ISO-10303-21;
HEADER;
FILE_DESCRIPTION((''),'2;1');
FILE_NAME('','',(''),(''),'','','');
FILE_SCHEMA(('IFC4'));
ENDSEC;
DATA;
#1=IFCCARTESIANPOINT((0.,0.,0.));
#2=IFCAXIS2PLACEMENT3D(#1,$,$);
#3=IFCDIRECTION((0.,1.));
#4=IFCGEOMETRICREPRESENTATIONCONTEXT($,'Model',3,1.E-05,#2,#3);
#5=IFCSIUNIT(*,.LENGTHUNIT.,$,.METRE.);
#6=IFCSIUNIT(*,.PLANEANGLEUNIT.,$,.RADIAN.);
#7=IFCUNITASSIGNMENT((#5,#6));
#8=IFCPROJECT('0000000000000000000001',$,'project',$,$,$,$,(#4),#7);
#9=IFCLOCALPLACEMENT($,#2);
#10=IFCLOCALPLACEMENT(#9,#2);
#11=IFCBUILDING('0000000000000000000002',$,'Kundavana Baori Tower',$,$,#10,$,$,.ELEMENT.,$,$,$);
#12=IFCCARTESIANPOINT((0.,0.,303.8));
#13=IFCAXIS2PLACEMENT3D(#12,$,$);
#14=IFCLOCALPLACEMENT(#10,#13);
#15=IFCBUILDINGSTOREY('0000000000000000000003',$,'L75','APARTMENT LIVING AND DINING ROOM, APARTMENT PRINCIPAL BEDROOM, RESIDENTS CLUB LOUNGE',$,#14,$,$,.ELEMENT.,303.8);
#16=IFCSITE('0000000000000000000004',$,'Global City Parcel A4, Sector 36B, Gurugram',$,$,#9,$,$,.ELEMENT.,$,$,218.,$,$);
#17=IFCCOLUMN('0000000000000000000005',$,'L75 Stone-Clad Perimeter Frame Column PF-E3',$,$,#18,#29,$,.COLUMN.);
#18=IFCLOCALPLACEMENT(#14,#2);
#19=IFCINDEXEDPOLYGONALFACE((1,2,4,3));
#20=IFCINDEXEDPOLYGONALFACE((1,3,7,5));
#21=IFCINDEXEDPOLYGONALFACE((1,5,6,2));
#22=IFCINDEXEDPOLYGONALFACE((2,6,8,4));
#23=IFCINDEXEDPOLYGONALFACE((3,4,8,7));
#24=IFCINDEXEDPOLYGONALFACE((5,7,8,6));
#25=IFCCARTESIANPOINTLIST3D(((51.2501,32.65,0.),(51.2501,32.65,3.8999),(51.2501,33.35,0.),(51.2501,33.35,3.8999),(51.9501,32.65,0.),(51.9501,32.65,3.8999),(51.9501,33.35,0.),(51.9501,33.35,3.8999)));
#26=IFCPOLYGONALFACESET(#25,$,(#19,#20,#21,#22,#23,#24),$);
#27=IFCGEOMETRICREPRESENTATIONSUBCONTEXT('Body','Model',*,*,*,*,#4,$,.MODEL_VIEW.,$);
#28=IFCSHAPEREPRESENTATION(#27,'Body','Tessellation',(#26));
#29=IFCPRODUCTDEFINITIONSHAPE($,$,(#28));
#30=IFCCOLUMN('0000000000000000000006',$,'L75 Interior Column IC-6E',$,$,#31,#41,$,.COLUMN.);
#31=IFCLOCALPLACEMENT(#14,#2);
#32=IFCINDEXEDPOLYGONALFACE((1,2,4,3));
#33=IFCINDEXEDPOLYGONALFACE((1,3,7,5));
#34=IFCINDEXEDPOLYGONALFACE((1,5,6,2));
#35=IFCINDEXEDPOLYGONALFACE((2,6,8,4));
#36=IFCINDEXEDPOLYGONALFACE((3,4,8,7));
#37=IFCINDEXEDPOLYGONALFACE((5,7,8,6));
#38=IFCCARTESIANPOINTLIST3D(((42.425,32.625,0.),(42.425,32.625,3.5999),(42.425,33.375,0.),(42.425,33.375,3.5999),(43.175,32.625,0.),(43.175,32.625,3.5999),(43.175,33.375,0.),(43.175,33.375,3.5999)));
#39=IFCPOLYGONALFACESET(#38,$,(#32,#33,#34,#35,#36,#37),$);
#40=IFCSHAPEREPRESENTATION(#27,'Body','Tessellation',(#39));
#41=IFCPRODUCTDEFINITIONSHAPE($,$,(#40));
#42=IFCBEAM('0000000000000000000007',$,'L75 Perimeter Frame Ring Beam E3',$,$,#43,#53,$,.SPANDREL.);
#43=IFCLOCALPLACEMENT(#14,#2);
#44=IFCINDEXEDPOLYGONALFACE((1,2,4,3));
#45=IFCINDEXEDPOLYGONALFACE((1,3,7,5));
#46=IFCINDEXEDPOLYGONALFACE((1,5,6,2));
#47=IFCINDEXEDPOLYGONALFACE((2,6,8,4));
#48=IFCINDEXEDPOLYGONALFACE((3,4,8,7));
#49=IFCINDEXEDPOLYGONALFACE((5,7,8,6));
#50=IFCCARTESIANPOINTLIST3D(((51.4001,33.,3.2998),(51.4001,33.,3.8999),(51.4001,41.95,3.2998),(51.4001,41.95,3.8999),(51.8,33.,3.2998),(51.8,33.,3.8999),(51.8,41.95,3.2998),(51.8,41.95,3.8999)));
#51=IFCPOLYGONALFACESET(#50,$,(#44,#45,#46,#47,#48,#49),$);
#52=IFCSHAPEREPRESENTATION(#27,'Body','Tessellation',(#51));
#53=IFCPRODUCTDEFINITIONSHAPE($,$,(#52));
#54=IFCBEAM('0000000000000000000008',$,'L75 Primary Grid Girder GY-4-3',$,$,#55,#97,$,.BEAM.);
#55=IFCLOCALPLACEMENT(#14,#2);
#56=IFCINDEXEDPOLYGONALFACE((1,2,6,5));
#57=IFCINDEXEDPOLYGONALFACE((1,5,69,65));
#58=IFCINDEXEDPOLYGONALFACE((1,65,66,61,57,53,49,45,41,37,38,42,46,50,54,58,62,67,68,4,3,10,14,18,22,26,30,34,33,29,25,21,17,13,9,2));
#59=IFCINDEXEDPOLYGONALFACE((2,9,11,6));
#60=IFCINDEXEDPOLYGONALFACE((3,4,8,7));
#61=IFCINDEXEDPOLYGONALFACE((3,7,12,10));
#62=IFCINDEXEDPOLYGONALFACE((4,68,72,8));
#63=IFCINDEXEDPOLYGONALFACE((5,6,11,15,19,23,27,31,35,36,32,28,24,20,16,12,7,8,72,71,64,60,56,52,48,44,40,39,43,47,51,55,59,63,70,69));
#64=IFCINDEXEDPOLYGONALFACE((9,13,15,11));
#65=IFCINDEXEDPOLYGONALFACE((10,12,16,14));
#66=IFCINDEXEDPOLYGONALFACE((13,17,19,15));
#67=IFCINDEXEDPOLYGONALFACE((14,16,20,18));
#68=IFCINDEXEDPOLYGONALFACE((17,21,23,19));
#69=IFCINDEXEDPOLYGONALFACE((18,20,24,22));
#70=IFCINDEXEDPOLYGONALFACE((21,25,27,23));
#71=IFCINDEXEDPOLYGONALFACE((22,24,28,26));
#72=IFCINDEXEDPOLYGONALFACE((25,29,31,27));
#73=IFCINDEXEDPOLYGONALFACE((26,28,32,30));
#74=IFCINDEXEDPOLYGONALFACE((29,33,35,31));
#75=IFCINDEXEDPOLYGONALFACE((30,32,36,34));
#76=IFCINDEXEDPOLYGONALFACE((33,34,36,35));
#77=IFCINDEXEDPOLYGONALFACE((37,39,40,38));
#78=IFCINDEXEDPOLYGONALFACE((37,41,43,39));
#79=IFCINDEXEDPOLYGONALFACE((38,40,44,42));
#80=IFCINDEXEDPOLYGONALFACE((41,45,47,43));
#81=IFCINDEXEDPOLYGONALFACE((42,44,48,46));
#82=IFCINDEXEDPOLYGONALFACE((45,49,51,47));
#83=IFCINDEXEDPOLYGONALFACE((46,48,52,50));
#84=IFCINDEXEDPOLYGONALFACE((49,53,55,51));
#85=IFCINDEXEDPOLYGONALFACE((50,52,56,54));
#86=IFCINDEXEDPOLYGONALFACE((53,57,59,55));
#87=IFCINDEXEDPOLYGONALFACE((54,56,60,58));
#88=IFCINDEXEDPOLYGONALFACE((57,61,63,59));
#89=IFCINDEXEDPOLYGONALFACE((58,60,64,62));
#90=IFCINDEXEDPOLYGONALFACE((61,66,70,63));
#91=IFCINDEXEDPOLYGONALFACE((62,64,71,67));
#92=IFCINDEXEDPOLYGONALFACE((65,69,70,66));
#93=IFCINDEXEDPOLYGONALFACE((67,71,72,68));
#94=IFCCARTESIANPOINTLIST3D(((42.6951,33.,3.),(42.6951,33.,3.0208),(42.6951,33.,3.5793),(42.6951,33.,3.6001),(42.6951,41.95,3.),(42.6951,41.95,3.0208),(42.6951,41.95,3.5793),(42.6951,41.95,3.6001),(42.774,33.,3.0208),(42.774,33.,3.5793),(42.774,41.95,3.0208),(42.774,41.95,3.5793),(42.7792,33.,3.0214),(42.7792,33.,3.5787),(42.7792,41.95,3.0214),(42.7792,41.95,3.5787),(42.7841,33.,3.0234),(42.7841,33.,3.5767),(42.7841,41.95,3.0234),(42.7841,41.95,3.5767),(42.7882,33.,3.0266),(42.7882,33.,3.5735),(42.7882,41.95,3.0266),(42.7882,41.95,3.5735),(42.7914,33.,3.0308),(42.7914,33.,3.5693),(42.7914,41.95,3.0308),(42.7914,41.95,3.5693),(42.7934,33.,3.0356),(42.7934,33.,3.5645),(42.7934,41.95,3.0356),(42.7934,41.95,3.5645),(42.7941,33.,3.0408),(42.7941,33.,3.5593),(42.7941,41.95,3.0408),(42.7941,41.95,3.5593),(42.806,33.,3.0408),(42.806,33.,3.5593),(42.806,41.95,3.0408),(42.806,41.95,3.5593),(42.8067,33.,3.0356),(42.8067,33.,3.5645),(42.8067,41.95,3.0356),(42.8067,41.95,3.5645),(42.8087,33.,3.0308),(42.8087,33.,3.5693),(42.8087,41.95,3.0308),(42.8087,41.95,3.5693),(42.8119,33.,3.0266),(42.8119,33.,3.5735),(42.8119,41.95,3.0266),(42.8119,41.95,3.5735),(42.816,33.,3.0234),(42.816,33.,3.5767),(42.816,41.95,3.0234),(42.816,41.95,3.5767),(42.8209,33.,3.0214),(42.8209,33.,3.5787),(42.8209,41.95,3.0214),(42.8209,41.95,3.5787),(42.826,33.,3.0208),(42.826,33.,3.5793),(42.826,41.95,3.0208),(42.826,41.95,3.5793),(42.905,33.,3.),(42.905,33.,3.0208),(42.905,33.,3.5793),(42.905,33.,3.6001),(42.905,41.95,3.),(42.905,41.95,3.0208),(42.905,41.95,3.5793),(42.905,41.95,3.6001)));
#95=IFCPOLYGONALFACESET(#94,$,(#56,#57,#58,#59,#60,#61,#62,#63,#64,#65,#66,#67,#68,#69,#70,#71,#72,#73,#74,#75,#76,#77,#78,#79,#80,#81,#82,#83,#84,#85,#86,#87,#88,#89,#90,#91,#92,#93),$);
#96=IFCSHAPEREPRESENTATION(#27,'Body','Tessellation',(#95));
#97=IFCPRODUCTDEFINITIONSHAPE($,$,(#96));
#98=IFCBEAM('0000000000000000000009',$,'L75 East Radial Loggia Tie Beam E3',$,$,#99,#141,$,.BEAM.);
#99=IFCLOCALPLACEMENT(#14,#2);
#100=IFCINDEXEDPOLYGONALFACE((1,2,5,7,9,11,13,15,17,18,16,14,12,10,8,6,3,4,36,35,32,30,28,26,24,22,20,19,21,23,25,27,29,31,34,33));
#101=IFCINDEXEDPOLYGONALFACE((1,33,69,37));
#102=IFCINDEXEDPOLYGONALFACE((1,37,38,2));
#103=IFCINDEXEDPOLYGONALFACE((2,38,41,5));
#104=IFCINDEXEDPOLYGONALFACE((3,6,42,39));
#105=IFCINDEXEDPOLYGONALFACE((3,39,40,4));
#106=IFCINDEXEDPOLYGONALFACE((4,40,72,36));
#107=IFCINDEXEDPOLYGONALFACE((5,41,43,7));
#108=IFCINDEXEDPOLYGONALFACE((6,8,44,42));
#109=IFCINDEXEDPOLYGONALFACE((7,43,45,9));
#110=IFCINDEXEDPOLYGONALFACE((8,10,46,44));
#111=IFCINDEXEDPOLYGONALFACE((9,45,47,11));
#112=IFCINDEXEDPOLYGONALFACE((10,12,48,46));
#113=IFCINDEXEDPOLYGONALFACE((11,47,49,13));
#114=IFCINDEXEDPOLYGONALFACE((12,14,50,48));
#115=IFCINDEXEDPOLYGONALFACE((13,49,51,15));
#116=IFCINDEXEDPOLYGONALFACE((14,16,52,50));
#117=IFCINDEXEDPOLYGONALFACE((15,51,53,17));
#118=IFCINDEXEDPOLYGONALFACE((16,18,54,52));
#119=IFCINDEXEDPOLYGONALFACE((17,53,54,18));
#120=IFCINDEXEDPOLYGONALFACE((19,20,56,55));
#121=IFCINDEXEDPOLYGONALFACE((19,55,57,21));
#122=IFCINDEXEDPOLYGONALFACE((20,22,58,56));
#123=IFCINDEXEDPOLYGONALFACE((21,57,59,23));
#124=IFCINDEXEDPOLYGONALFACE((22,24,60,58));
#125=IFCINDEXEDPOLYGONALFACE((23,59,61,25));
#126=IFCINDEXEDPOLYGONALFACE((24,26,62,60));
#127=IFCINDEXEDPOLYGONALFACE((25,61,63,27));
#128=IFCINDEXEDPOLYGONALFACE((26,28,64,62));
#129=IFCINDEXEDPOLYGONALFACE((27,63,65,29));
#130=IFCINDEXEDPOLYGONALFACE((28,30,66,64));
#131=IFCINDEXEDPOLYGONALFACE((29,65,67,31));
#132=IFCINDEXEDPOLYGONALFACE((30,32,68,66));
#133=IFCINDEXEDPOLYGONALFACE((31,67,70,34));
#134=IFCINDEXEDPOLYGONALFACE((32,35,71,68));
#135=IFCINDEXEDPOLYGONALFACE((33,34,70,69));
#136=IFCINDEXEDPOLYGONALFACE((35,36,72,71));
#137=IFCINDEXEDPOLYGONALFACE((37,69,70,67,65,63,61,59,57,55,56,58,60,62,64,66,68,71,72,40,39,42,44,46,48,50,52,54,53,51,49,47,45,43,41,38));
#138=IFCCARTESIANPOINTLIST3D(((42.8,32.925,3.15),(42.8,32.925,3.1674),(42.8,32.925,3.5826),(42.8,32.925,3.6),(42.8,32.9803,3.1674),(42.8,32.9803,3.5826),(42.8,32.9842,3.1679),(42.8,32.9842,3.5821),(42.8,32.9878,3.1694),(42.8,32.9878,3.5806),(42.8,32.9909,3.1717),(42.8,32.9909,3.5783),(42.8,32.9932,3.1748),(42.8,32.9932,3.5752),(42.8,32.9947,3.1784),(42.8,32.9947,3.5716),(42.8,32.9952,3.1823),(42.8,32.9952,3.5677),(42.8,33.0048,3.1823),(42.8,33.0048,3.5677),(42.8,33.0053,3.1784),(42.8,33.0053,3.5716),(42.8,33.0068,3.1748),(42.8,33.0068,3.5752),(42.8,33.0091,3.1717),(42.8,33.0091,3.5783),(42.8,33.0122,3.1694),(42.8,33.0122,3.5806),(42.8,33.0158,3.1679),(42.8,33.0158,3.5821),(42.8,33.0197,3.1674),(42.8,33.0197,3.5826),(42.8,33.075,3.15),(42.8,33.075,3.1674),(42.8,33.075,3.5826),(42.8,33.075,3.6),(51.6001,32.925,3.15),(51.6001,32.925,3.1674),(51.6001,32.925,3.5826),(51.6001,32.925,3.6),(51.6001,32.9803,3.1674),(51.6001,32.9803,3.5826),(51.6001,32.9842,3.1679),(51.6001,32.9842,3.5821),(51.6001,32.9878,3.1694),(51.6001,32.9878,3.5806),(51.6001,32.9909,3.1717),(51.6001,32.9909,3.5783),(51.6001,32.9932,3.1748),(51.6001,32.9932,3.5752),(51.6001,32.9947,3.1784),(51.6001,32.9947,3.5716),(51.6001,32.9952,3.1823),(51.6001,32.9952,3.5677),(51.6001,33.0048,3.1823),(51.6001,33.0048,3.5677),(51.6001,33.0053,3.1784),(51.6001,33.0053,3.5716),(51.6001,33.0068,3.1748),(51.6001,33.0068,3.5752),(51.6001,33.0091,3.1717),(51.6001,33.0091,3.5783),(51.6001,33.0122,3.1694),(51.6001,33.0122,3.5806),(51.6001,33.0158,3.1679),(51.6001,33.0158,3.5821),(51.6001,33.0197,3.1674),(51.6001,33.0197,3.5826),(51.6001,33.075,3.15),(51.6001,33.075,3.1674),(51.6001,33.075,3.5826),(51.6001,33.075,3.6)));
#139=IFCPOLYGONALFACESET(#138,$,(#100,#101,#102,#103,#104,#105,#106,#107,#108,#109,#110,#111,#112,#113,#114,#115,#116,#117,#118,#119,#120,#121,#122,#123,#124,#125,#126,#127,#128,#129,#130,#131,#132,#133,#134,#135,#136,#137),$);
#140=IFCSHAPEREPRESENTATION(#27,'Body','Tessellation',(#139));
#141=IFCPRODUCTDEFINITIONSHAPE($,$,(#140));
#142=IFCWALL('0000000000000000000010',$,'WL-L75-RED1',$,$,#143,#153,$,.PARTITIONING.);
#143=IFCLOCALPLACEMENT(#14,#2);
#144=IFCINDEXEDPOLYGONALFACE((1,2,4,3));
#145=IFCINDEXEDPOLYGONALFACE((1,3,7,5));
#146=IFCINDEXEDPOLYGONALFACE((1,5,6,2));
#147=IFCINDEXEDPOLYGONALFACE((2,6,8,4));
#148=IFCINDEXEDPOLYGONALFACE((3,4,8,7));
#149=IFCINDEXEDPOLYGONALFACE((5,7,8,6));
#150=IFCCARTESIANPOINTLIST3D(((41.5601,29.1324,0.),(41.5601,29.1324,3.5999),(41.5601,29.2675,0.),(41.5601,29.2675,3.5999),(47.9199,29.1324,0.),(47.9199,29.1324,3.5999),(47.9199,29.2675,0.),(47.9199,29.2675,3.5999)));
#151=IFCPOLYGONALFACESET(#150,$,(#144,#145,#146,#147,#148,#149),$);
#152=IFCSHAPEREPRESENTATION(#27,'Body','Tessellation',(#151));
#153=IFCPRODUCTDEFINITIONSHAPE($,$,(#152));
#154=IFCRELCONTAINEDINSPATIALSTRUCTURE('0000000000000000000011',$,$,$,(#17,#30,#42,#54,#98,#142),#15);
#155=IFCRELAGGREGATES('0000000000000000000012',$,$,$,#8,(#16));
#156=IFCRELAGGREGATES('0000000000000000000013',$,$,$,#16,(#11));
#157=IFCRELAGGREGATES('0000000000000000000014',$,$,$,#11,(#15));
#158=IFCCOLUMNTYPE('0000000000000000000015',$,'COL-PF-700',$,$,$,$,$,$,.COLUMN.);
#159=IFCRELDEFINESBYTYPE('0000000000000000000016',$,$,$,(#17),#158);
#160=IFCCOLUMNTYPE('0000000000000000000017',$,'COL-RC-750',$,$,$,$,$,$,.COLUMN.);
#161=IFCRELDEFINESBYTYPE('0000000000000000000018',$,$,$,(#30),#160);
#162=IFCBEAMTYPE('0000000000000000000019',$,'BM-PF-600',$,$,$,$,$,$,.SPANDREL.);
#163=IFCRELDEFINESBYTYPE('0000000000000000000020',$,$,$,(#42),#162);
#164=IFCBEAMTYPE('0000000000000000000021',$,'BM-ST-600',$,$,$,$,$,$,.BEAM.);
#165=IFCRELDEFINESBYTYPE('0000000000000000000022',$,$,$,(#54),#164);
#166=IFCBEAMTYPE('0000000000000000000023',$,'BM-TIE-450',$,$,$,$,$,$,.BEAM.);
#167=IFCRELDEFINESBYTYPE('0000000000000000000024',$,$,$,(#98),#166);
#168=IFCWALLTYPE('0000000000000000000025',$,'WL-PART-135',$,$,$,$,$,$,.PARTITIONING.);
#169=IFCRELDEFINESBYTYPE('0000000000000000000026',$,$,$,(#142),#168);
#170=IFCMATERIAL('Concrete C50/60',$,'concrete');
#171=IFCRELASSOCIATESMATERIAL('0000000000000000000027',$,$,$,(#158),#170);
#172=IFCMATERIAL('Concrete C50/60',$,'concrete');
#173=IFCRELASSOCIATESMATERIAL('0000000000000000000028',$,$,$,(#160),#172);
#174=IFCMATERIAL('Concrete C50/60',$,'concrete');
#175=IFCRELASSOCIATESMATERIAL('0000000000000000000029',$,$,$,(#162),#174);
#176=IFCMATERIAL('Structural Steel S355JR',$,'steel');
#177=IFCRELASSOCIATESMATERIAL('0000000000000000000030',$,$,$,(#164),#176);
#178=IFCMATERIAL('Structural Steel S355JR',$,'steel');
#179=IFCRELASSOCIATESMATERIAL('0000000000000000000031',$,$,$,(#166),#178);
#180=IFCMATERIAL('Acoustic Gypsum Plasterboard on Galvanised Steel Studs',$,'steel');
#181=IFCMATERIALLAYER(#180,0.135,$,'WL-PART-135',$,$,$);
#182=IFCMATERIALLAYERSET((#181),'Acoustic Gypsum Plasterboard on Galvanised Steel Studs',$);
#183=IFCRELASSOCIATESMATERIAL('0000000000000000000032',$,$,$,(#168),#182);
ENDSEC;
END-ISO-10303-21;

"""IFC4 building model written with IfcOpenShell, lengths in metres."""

from ifc_helpers import new_model, si_unit, direction, frame, frame_2d, origin, origin_2d, place, context, subcontext, project, spatial, rectangle, i_section, extrude, material, layer, layer_set, material_profile, profile_set, type_object, element, save


model = new_model("IFC4")

# Units and contexts
model_context = context("Model", 3, precision=1e-05, world=origin(), true_north=direction((0.0, 1.0)))
body_context = subcontext(model_context, "Body", "Model", "MODEL_VIEW")
ifc_project = project(units=[si_unit("LENGTHUNIT", "METRE"), si_unit("PLANEANGLEUNIT", "RADIAN")], contexts=[model_context])

# Site, building, storey
site_placement = place(None, origin())
site = spatial("IfcSite", under=ifc_project, at=site_placement, Name="Global City Parcel A4, Sector 36B, Gurugram", CompositionType="ELEMENT", RefElevation=218.0)
building_placement = place(site_placement, origin())
building = spatial("IfcBuilding", under=site, at=building_placement, Name="Kundavana Baori Tower", CompositionType="ELEMENT")
storey_placement = place(building_placement, frame((0.0, 0.0, 303.8)))
storey = spatial("IfcBuildingStorey", under=building, at=storey_placement, Name="L75", Description="APARTMENT LIVING AND DINING ROOM, APARTMENT PRINCIPAL BEDROOM, RESIDENTS CLUB LOUNGE", CompositionType="ELEMENT", Elevation=303.8)

# Columns
ifc_material_1 = material(Name="Concrete C50/60", Category="concrete")
ifc_material_profile_1 = material_profile(ifc_material_1, rectangle(XDim=0.7, YDim=0.7, at=origin_2d()), Name="RC PF 700x700")
ifc_profile_set_1 = profile_set([ifc_material_profile_1], Name="Concrete C50/60")
column_type_1 = type_object("IfcColumnType", Name="COL-PF-700", PredefinedType="COLUMN", material=ifc_profile_set_1)
column_1_placement = place(storey_placement, frame((51.6001, 33.0, 0.0), z_axis=(0.0, 0.0, 1.0), x_axis=(1.0, 0.0, 0.0)))
element("IfcColumn", 1, at=column_1_placement, inside=storey, type_object=column_type_1, Name="L75 Stone-Clad Perimeter Frame Column PF-E3", PredefinedType="COLUMN", context=body_context, shape_type="SweptSolid", body=[
    extrude(rectangle(XDim=0.7, YDim=0.7, at=origin_2d()), origin(), (0.0, 0.0, 1.0), 3.8999),
])
ifc_material_2 = material(Name="Concrete C50/60", Category="concrete")
ifc_material_profile_2 = material_profile(ifc_material_2, rectangle(XDim=0.75, YDim=0.75, at=origin_2d()), Name="RC 750x750")
ifc_profile_set_2 = profile_set([ifc_material_profile_2], Name="Concrete C50/60")
column_type_2 = type_object("IfcColumnType", Name="COL-RC-750", PredefinedType="COLUMN", material=ifc_profile_set_2)
column_2_placement = place(storey_placement, frame((42.8, 33.0, 0.0), z_axis=(0.0, 0.0, 1.0), x_axis=(1.0, 0.0, 0.0)))
element("IfcColumn", 2, at=column_2_placement, inside=storey, type_object=column_type_2, Name="L75 Interior Column IC-6E", PredefinedType="COLUMN", context=body_context, shape_type="SweptSolid", body=[
    extrude(rectangle(XDim=0.75, YDim=0.75, at=origin_2d()), origin(), (0.0, 0.0, 1.0), 3.5999),
])

# Beams
ifc_material_3 = material(Name="Concrete C50/60", Category="concrete")
ifc_material_profile_3 = material_profile(ifc_material_3, rectangle(XDim=0.3999, YDim=0.6001, at=origin_2d()), Name="RC BM 400x600")
ifc_profile_set_3 = profile_set([ifc_material_profile_3], Name="Concrete C50/60")
beam_type_1 = type_object("IfcBeamType", Name="BM-PF-600", PredefinedType="SPANDREL", material=ifc_profile_set_3)
beam_1_placement = place(storey_placement, frame((51.6001, 33.0, 3.5999), z_axis=(0.0, 1.0, 0.0), x_axis=(-1.0, 0.0, 0.0)))
element("IfcBeam", 3, at=beam_1_placement, inside=storey, type_object=beam_type_1, Name="L75 Perimeter Frame Ring Beam E3", PredefinedType="SPANDREL", context=body_context, shape_type="SweptSolid", body=[
    extrude(rectangle(XDim=0.3999, YDim=0.6001, at=origin_2d()), origin(), (0.0, 0.0, 1.0), 8.95),
])
ifc_material_4 = material(Name="Structural Steel S355JR", Category="steel")
ifc_material_profile_4 = material_profile(ifc_material_4, i_section(OverallWidth=0.21, OverallDepth=0.6001, WebThickness=0.012, FlangeThickness=0.0208, FilletRadius=0.02, at=origin_2d()), Name="ISMB 600")
ifc_profile_set_4 = profile_set([ifc_material_profile_4], Name="Structural Steel S355JR")
beam_type_2 = type_object("IfcBeamType", Name="BM-ST-600", PredefinedType="BEAM", material=ifc_profile_set_4)
beam_2_placement = place(storey_placement, frame((42.8, 33.0, 3.3), z_axis=(0.0, 1.0, 0.0), x_axis=(-1.0, 0.0, 0.0)))
element("IfcBeam", 4, at=beam_2_placement, inside=storey, type_object=beam_type_2, Name="L75 Primary Grid Girder GY-4-3", PredefinedType="BEAM", context=body_context, shape_type="SweptSolid", body=[
    extrude(i_section(OverallWidth=0.21, OverallDepth=0.6001, WebThickness=0.012, FlangeThickness=0.0208, FilletRadius=0.02, at=origin_2d()), origin(), (0.0, 0.0, 1.0), 8.95),
])
ifc_material_5 = material(Name="Structural Steel S355JR", Category="steel")
ifc_material_profile_5 = material_profile(ifc_material_5, i_section(OverallWidth=0.1499, OverallDepth=0.45, WebThickness=0.0095, FlangeThickness=0.0173, FilletRadius=0.0149, at=origin_2d()), Name="ISMB 450")
ifc_profile_set_5 = profile_set([ifc_material_profile_5], Name="Structural Steel S355JR")
beam_type_3 = type_object("IfcBeamType", Name="BM-TIE-450", PredefinedType="BEAM", material=ifc_profile_set_5)
beam_3_placement = place(storey_placement, frame((42.8, 33.0, 3.375), z_axis=(1.0, 0.0, 0.0), x_axis=(0.0, 1.0, 0.0)))
element("IfcBeam", 5, at=beam_3_placement, inside=storey, type_object=beam_type_3, Name="L75 East Radial Loggia Tie Beam E3", PredefinedType="BEAM", context=body_context, shape_type="SweptSolid", body=[
    extrude(i_section(OverallWidth=0.1499, OverallDepth=0.45, WebThickness=0.0095, FlangeThickness=0.0173, FilletRadius=0.0149, at=origin_2d()), origin(), (0.0, 0.0, 1.0), 8.8),
])

# Wall
ifc_material_6 = material(Name="Acoustic Gypsum Plasterboard on Galvanised Steel Studs", Category="steel")
ifc_layer_1 = layer(ifc_material_6, 0.135, Name="WL-PART-135")
ifc_layer_set_1 = layer_set([ifc_layer_1], Name="Acoustic Gypsum Plasterboard on Galvanised Steel Studs")
wall_type_1 = type_object("IfcWallType", Name="WL-PART-135", PredefinedType="PARTITIONING", material=ifc_layer_set_1)
wall_1_placement = place(storey_placement, frame((41.5601, 29.2, 0.0), z_axis=(0.0, 0.0, 1.0), x_axis=(1.0, 0.0, 0.0)))
element("IfcWall", 6, at=wall_1_placement, inside=storey, type_object=wall_type_1, Name="WL-L75-RED1", PredefinedType="PARTITIONING", context=body_context, shape_type="SweptSolid", body=[
    extrude(rectangle(XDim=6.3599, YDim=0.135, at=frame_2d((3.1799, 0.0))), origin(), (0.0, 0.0, 1.0), 3.5999),
])

save(model, "model.ifc")
